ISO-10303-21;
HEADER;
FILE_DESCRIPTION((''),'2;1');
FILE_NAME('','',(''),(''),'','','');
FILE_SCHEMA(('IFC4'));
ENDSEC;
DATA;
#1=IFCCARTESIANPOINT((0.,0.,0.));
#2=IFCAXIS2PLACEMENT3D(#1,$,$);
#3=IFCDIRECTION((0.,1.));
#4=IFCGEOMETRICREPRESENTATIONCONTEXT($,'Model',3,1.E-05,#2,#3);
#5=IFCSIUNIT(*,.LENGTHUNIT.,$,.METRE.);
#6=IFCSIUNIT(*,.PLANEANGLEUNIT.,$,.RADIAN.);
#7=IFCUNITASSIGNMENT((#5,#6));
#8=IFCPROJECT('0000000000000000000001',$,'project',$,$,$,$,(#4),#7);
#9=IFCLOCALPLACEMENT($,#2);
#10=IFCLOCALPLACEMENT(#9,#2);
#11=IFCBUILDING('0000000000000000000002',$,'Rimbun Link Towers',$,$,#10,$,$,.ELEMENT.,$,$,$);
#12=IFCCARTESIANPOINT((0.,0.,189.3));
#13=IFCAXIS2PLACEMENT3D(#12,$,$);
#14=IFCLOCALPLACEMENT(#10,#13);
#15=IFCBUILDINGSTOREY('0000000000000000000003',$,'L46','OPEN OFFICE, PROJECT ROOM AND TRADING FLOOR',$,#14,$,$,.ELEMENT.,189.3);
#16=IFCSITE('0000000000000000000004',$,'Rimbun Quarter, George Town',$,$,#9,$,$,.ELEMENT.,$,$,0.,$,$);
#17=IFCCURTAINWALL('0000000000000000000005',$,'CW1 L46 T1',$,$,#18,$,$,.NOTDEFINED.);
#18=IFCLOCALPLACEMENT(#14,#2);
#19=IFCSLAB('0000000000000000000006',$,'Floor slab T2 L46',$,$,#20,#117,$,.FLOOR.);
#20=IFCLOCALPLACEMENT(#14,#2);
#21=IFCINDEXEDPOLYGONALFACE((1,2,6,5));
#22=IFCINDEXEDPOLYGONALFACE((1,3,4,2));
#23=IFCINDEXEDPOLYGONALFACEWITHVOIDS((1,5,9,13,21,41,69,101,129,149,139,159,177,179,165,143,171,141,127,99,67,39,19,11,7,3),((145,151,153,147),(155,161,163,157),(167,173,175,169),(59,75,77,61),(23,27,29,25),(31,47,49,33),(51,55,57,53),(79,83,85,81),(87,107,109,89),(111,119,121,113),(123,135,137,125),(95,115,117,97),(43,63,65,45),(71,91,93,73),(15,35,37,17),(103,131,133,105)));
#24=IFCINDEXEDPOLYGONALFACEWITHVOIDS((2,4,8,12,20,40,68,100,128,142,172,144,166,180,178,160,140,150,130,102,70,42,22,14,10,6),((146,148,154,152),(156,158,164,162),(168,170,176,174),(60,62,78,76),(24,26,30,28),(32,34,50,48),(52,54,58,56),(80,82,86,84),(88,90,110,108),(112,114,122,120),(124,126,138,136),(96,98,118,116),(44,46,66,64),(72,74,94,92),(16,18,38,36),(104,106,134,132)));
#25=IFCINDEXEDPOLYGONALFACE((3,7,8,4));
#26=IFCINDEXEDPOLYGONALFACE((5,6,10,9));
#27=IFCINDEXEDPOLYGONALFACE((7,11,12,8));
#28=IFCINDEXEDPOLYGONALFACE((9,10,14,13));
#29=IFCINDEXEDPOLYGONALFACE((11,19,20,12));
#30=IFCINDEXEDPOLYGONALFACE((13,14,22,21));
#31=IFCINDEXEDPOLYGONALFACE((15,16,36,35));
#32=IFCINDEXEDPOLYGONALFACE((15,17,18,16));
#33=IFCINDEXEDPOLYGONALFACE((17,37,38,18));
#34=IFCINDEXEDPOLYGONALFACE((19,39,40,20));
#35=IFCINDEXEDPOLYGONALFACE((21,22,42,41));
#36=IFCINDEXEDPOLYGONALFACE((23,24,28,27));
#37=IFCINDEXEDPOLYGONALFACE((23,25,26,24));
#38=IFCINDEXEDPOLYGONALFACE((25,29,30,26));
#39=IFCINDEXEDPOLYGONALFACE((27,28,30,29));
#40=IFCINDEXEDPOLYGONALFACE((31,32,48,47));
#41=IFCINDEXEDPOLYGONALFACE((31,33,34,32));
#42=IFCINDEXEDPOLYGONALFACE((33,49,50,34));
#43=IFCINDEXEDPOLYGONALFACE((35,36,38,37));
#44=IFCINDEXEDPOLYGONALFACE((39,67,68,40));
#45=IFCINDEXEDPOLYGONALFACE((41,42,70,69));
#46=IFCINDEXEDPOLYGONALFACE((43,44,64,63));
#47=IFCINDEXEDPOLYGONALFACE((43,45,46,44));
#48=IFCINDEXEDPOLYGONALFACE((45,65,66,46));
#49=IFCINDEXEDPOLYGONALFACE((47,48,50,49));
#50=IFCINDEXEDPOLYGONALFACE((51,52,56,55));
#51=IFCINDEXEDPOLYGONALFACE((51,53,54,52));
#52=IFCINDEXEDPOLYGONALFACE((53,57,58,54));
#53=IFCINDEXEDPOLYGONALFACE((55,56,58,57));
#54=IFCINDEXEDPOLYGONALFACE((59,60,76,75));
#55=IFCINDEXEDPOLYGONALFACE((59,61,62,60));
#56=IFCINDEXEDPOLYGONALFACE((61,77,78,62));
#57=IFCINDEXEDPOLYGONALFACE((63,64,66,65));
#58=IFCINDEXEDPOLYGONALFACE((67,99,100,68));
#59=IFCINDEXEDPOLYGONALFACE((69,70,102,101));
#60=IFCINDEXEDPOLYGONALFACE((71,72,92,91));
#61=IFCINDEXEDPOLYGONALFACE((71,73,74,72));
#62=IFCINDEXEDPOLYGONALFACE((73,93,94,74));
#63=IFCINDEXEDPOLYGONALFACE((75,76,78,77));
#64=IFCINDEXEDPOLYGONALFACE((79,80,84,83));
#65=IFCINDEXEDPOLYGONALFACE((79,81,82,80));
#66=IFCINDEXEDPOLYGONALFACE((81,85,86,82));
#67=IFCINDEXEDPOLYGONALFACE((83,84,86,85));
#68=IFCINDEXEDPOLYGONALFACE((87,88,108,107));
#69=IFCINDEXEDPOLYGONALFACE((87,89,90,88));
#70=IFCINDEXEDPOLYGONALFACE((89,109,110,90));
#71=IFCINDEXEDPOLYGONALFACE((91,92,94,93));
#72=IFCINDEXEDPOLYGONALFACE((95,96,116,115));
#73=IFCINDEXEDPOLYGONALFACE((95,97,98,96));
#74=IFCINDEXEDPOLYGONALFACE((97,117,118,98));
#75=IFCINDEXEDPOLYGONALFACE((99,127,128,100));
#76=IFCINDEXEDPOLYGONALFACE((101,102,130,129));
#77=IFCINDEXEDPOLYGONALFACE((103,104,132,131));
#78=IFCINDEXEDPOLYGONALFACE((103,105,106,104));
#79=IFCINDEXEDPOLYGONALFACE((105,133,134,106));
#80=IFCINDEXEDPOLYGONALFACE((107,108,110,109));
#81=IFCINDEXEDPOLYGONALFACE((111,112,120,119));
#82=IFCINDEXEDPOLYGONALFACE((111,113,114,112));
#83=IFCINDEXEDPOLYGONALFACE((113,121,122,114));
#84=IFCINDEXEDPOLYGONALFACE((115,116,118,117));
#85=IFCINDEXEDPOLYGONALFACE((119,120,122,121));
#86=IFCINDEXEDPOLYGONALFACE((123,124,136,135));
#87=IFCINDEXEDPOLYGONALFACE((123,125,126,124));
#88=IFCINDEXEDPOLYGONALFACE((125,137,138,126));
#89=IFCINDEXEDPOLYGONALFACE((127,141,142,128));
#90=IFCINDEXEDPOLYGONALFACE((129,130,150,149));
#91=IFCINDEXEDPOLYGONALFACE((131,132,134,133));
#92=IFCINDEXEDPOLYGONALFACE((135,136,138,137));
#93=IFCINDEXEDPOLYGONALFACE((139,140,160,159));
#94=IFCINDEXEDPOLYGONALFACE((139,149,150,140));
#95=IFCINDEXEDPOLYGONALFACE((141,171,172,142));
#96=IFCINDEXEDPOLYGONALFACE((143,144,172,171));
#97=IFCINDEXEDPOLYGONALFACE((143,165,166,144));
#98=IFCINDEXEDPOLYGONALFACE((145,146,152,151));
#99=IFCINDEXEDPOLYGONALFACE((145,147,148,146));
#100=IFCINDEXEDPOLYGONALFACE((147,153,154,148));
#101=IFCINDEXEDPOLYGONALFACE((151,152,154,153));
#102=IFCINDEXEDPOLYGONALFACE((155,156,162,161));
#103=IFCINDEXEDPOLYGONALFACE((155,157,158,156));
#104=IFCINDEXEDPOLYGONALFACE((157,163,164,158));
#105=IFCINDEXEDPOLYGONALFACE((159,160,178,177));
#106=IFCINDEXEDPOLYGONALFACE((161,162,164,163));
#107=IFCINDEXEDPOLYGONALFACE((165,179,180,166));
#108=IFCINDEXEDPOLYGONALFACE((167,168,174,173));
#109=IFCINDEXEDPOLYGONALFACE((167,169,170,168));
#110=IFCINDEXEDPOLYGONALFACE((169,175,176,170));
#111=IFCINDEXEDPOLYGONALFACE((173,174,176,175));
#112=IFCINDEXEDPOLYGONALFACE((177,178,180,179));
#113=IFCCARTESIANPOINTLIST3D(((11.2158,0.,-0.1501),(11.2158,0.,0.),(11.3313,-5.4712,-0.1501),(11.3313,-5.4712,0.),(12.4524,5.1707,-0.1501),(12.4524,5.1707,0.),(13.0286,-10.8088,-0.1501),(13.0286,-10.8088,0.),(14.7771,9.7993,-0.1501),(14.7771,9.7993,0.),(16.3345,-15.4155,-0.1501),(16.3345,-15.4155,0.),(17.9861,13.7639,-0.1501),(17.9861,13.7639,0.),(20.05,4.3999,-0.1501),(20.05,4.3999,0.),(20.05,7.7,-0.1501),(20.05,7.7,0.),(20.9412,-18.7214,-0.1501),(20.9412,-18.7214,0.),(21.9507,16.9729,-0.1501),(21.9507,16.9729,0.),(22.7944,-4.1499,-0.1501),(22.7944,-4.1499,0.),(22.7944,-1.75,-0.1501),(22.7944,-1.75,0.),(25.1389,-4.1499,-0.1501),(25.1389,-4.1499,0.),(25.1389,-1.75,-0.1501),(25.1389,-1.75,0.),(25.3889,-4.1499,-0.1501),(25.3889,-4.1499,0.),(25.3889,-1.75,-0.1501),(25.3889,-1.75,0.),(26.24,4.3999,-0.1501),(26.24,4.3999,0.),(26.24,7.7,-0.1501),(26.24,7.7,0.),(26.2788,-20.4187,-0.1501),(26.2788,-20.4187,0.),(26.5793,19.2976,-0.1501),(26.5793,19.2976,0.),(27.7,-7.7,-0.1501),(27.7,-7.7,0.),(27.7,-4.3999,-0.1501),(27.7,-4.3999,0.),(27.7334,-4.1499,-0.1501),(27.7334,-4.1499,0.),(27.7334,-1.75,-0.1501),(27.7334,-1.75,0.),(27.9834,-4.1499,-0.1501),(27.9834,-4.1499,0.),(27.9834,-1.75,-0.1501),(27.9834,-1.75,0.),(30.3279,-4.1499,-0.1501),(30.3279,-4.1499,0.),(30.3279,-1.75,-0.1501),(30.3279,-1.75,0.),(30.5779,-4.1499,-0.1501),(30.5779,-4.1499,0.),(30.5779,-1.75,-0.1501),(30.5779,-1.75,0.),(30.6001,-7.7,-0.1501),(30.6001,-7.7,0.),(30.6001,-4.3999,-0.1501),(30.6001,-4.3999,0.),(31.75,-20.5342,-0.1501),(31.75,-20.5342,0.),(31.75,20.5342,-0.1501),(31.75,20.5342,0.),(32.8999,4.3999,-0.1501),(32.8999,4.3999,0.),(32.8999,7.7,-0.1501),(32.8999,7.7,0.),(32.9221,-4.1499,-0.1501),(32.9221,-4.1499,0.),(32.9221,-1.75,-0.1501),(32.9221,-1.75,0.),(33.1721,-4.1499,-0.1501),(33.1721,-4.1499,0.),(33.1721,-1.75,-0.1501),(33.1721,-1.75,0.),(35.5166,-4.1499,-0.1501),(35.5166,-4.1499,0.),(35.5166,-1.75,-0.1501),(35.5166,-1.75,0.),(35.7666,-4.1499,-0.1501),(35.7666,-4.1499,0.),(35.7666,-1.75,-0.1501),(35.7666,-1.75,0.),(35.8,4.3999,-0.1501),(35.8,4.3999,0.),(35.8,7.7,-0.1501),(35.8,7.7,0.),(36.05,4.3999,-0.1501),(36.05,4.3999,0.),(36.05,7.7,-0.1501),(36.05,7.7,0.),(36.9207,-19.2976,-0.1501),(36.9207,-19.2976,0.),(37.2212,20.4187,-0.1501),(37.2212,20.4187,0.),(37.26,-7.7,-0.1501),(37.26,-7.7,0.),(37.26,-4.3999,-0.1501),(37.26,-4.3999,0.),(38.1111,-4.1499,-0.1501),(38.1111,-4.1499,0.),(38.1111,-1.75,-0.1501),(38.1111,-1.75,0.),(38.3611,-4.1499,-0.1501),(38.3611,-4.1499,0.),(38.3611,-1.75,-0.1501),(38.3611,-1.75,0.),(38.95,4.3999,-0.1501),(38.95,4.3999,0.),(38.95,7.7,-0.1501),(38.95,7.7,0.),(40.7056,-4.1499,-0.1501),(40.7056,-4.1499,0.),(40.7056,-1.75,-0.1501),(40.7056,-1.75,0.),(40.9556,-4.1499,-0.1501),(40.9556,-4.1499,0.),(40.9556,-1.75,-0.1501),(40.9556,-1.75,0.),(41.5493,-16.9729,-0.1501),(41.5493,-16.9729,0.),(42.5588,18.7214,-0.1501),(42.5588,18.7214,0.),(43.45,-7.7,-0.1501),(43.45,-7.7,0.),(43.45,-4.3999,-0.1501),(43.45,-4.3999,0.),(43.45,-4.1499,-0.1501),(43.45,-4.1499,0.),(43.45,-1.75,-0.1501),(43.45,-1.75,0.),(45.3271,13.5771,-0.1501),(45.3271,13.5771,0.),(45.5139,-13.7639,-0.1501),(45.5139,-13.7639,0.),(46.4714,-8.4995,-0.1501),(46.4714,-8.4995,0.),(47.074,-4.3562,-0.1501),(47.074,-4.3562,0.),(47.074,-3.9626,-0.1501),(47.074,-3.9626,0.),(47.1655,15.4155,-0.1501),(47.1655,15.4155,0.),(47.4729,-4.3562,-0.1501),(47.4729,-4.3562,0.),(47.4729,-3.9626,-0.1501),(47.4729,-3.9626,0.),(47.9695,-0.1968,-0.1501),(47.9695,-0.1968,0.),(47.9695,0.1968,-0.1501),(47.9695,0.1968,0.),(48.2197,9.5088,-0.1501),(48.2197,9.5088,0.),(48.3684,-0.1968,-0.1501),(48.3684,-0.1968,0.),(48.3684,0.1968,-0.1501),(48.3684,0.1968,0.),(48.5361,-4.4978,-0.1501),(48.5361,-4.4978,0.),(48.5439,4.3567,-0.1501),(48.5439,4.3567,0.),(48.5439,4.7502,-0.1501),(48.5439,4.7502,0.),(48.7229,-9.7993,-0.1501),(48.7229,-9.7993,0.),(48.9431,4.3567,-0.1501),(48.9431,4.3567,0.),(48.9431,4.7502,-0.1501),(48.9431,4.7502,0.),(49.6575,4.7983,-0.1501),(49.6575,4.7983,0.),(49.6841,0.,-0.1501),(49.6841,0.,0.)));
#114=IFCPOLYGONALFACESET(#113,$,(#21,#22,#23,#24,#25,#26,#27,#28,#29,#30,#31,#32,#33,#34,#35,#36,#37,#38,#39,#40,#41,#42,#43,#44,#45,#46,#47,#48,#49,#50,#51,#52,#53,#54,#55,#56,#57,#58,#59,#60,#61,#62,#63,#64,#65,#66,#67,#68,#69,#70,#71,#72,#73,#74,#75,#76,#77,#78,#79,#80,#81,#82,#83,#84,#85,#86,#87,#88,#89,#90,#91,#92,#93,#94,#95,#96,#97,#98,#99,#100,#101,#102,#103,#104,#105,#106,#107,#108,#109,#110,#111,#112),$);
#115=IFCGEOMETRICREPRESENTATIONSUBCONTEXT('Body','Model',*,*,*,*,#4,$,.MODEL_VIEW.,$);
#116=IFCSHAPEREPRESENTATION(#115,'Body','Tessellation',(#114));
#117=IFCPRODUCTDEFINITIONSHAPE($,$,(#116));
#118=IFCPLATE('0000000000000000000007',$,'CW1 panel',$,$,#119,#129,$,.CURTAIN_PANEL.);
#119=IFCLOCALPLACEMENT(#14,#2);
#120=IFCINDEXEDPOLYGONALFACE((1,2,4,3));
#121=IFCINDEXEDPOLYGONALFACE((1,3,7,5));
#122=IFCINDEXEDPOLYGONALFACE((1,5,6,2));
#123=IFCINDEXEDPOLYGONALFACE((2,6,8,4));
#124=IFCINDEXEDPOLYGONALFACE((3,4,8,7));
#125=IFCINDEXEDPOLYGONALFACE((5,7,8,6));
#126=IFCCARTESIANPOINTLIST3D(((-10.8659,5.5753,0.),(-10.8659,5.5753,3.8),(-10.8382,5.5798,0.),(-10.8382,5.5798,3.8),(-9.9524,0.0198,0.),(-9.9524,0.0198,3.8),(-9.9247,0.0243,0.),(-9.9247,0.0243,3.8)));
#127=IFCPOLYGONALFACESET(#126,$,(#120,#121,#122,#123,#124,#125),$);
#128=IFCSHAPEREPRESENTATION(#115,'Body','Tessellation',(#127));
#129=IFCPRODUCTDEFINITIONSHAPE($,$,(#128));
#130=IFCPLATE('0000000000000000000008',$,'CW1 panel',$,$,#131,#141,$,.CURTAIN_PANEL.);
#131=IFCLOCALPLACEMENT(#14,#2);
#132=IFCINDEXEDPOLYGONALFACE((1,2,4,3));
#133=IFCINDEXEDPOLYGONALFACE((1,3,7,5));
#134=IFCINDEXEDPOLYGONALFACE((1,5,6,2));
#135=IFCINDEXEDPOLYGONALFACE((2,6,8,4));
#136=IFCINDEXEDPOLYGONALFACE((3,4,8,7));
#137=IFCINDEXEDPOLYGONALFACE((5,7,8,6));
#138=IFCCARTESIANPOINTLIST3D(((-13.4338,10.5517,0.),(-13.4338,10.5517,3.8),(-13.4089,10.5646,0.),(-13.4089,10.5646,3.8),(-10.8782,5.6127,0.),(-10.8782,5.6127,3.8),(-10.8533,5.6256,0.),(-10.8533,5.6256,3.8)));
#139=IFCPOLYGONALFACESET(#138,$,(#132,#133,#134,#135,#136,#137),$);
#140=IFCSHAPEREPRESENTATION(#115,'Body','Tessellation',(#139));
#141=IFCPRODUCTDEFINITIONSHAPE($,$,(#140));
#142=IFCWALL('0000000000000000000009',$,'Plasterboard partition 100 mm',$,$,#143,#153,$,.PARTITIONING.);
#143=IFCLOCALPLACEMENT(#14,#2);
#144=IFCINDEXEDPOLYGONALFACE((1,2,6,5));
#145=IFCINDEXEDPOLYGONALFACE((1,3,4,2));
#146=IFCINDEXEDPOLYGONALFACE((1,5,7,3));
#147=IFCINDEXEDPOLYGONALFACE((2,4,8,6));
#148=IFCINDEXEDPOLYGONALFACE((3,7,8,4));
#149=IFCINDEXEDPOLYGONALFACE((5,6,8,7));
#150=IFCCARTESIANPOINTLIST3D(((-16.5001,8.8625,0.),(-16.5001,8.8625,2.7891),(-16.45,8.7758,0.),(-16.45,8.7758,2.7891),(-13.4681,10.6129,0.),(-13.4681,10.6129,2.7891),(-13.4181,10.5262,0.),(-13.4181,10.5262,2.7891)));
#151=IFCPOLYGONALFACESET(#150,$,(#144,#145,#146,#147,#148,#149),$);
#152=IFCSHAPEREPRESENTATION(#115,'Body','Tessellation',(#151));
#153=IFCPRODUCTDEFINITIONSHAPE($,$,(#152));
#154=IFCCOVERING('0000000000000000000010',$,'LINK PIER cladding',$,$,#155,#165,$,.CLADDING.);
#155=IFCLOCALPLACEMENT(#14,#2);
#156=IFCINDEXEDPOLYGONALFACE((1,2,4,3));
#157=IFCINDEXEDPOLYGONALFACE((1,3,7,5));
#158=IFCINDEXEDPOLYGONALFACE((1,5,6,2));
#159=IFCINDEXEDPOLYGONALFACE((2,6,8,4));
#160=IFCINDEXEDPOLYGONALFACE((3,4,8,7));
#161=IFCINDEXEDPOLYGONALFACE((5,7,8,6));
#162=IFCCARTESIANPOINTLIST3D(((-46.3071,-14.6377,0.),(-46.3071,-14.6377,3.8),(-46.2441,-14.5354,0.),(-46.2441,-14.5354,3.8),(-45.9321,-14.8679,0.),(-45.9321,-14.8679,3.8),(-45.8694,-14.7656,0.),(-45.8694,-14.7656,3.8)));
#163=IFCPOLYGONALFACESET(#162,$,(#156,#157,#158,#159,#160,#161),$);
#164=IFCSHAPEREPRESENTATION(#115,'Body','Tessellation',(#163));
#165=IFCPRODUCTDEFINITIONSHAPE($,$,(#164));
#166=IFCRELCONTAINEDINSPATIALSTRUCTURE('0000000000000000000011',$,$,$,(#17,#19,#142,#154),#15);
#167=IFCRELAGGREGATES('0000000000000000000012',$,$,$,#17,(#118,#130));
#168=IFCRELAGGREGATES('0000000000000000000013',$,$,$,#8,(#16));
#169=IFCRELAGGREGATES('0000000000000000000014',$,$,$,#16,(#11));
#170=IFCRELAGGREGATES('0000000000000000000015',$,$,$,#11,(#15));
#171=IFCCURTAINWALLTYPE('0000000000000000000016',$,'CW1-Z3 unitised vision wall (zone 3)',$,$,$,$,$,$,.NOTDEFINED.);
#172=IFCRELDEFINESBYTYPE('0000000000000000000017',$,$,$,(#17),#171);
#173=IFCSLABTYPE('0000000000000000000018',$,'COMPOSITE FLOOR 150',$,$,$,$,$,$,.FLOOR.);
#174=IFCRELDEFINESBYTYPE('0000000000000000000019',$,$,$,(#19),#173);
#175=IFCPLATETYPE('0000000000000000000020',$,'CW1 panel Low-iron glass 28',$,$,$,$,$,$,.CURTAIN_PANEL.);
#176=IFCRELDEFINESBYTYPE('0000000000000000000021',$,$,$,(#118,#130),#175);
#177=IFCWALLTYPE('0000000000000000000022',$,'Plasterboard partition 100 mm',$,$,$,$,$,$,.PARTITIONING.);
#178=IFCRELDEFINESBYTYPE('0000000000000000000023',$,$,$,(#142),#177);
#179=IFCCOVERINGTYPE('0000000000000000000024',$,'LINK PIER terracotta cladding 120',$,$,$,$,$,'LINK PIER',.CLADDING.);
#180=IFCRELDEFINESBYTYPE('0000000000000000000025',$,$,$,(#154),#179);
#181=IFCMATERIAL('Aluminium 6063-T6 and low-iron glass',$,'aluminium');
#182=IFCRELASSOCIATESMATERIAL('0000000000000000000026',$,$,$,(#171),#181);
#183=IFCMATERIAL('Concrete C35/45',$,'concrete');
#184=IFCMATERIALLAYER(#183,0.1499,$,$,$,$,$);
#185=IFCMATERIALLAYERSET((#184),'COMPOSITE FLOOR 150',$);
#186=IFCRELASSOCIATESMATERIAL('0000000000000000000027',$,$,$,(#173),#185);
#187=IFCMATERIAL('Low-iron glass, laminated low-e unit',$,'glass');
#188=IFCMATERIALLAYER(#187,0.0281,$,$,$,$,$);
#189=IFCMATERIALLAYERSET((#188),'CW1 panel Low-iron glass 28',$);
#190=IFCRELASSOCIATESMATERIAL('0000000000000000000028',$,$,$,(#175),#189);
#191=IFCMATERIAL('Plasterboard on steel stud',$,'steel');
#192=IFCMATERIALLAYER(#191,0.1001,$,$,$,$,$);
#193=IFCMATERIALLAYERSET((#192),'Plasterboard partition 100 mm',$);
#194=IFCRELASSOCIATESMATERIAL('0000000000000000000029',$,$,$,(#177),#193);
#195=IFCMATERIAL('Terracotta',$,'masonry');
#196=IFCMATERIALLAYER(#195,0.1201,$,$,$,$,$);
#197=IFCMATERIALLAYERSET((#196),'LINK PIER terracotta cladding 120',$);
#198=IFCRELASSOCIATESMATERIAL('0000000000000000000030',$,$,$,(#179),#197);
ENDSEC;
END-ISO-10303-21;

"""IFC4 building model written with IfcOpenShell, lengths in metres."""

from ifc_helpers import new_model, si_unit, direction, frame, frame_2d, origin, origin_2d, place, context, subcontext, project, spatial, polyline, rectangle, outline, extrude, material, layer, layer_set, type_object, element, aggregate, save


model = new_model("IFC4")

# Units and contexts
model_context = context("Model", 3, precision=1e-05, world=origin(), true_north=direction((0.0, 1.0)))
body_context = subcontext(model_context, "Body", "Model", "MODEL_VIEW")
ifc_project = project(units=[si_unit("LENGTHUNIT", "METRE"), si_unit("PLANEANGLEUNIT", "RADIAN")], contexts=[model_context])

# Site, building, storey
site_placement = place(None, origin())
site = spatial("IfcSite", under=ifc_project, at=site_placement, Name="Rimbun Quarter, George Town", CompositionType="ELEMENT", RefElevation=0.0)
building_placement = place(site_placement, origin())
building = spatial("IfcBuilding", under=site, at=building_placement, Name="Rimbun Link Towers", CompositionType="ELEMENT")
storey_placement = place(building_placement, frame((0.0, 0.0, 189.3)))
storey = spatial("IfcBuildingStorey", under=building, at=storey_placement, Name="L46", Description="OPEN OFFICE, PROJECT ROOM AND TRADING FLOOR", CompositionType="ELEMENT", Elevation=189.3)

# Curtain wall
ifc_material_1 = material(Name="Aluminium 6063-T6 and low-iron glass", Category="aluminium")
curtain_wall_type = type_object("IfcCurtainWallType", Name="CW1-Z3 unitised vision wall (zone 3)", PredefinedType="NOTDEFINED", material=ifc_material_1)
curtain_wall_placement = place(storey_placement, origin())
curtain_wall = element("IfcCurtainWall", 1, at=curtain_wall_placement, inside=storey, type_object=curtain_wall_type, Name="CW1 L46 T1", PredefinedType="NOTDEFINED")

# Slab
ifc_material_2 = material(Name="Concrete C35/45", Category="concrete")
ifc_layer_1 = layer(ifc_material_2, 0.1499)
ifc_layer_set_1 = layer_set([ifc_layer_1], Name="COMPOSITE FLOOR 150")
slab_type = type_object("IfcSlabType", Name="COMPOSITE FLOOR 150", PredefinedType="FLOOR", material=ifc_layer_set_1)
slab_placement = place(storey_placement, frame((0.0, 0.0, -0.1501)))
element("IfcSlab", 2, at=slab_placement, inside=storey, type_object=slab_type, Name="Floor slab T2 L46", PredefinedType="FLOOR", context=body_context, shape_type="SweptSolid", body=[
    extrude(outline(polyline([(45.5139, -13.7639), (41.5493, -16.9729), (36.9207, -19.2976), (31.75, -20.5342), (26.2788, -20.4187), (20.9412, -18.7214), (16.3345, -15.4155), (13.0286, -10.8088), (11.3313, -5.4712), (11.2158, 0.0), (12.4524, 5.1707), (14.7771, 9.7993), (17.9861, 13.7639), (21.9507, 16.9729), (26.5793, 19.2976), (31.75, 20.5342), (37.2212, 20.4187), (42.5588, 18.7214), (47.1655, 15.4155), (45.3271, 13.5771), (48.2197, 9.5088), (49.6575, 4.7983), (49.6841, 0.0), (48.5361, -4.4978), (46.4714, -8.4995), (48.7229, -9.7993), (45.5139, -13.7639)]), holes=[polyline([(30.6001, -7.7), (30.6001, -4.3999), (27.7, -4.3999), (27.7, -7.7), (30.6001, -7.7)]), polyline([(25.1389, -4.1499), (25.1389, -1.75), (22.7944, -1.75), (22.7944, -4.1499), (25.1389, -4.1499)]), polyline([(27.7334, -4.1499), (27.7334, -1.75), (25.3889, -1.75), (25.3889, -4.1499), (27.7334, -4.1499)]), polyline([(30.3279, -4.1499), (30.3279, -1.75), (27.9834, -1.75), (27.9834, -4.1499), (30.3279, -4.1499)]), polyline([(32.9221, -4.1499), (32.9221, -1.75), (30.5779, -1.75), (30.5779, -4.1499), (32.9221, -4.1499)]), polyline([(35.5166, -4.1499), (35.5166, -1.75), (33.1721, -1.75), (33.1721, -4.1499), (35.5166, -4.1499)]), polyline([(26.24, 4.3999), (26.24, 7.7), (20.05, 7.7), (20.05, 4.3999), (26.24, 4.3999)]), polyline([(35.8, 4.3999), (35.8, 7.7), (32.8999, 7.7), (32.8999, 4.3999), (35.8, 4.3999)]), polyline([(43.45, -7.7), (43.45, -4.3999), (37.26, -4.3999), (37.26, -7.7), (43.45, -7.7)]), polyline([(47.4729, -4.3562), (47.4729, -3.9626), (47.074, -3.9626), (47.074, -4.3562), (47.4729, -4.3562)]), polyline([(38.1111, -4.1499), (38.1111, -1.75), (35.7666, -1.75), (35.7666, -4.1499), (38.1111, -4.1499)]), polyline([(40.7056, -4.1499), (40.7056, -1.75), (38.3611, -1.75), (38.3611, -4.1499), (40.7056, -4.1499)]), polyline([(43.45, -4.1499), (43.45, -1.75), (40.9556, -1.75), (40.9556, -4.1499), (43.45, -4.1499)]), polyline([(48.3684, -0.1968), (48.3684, 0.1968), (47.9695, 0.1968), (47.9695, -0.1968), (48.3684, -0.1968)]), polyline([(48.9431, 4.3567), (48.9431, 4.7502), (48.5439, 4.7502), (48.5439, 4.3567), (48.9431, 4.3567)]), polyline([(38.95, 4.3999), (38.95, 7.7), (36.05, 7.7), (36.05, 4.3999), (38.95, 4.3999)])]), origin(), (0.0, 0.0, 1.0), 0.1501),
])

# Plates
ifc_material_3 = material(Name="Low-iron glass, laminated low-e unit", Category="glass")
ifc_layer_2 = layer(ifc_material_3, 0.0281)
ifc_layer_set_2 = layer_set([ifc_layer_2], Name="CW1 panel Low-iron glass 28")
plate_type = type_object("IfcPlateType", Name="CW1 panel Low-iron glass 28", PredefinedType="CURTAIN_PANEL", material=ifc_layer_set_2)
plate_1_placement = place(storey_placement, frame((-10.3953, 2.7998, 0.0), z_axis=(0.0, 0.0, 1.0), x_axis=(0.162254, -0.986749, 0.0)))
plate_1 = element("IfcPlate", 3, at=plate_1_placement, type_object=plate_type, Name="CW1 panel", PredefinedType="CURTAIN_PANEL", context=body_context, shape_type="SweptSolid", body=[
    extrude(rectangle(XDim=5.6301, YDim=0.0281, at=origin_2d()), origin(), (0.0, 0.0, 1.0), 3.8),
])
plate_2_placement = place(storey_placement, frame((-12.1436, 8.0886, 0.0), z_axis=(0.0, 0.0, 1.0), x_axis=(0.459554, -0.88815, 0.0)))
plate_2 = element("IfcPlate", 4, at=plate_2_placement, type_object=plate_type, Name="CW1 panel", PredefinedType="CURTAIN_PANEL", context=body_context, shape_type="SweptSolid", body=[
    extrude(rectangle(XDim=5.561, YDim=0.0281, at=origin_2d()), origin(), (0.0, 0.0, 1.0), 3.8),
])
aggregate(curtain_wall, [plate_1, plate_2])

# Wall
ifc_material_4 = material(Name="Plasterboard on steel stud", Category="steel")
ifc_layer_3 = layer(ifc_material_4, 0.1001)
ifc_layer_set_3 = layer_set([ifc_layer_3], Name="Plasterboard partition 100 mm")
wall_type = type_object("IfcWallType", Name="Plasterboard partition 100 mm", PredefinedType="PARTITIONING", material=ifc_layer_set_3)
wall_placement = place(storey_placement, frame((-13.4431, 10.5696, 0.0), z_axis=(0.0, 0.0, 1.0), x_axis=(-0.866029, -0.499994, 0.0)))
element("IfcWall", 5, at=wall_placement, inside=storey, type_object=wall_type, Name="Plasterboard partition 100 mm", PredefinedType="PARTITIONING", context=body_context, shape_type="SweptSolid", body=[
    extrude(rectangle(XDim=3.501, YDim=0.1001, at=frame_2d((1.7505, 0.0))), origin(), (0.0, 0.0, 1.0), 2.7891),
])

# Covering
ifc_material_5 = material(Name="Terracotta", Category="masonry")
ifc_layer_4 = layer(ifc_material_5, 0.1201)
ifc_layer_set_4 = layer_set([ifc_layer_4], Name="LINK PIER terracotta cladding 120")
covering_type_1 = type_object("IfcCoveringType", Name="LINK PIER terracotta cladding 120", ElementType="LINK PIER", PredefinedType="CLADDING", material=ifc_layer_set_4)
covering_1_placement = place(storey_placement, origin())
element("IfcCovering", 6, at=covering_1_placement, inside=storey, type_object=covering_type_1, Name="LINK PIER cladding", PredefinedType="CLADDING", context=body_context, shape_type="SweptSolid", body=[
    extrude(outline(polyline([(-45.8694, -14.7656), (-46.2441, -14.5354), (-46.3071, -14.6377), (-45.9321, -14.8679), (-45.8694, -14.7656)])), origin(), (0.0, 0.0, 1.0), 3.8),
])

save(model, "model.ifc")
